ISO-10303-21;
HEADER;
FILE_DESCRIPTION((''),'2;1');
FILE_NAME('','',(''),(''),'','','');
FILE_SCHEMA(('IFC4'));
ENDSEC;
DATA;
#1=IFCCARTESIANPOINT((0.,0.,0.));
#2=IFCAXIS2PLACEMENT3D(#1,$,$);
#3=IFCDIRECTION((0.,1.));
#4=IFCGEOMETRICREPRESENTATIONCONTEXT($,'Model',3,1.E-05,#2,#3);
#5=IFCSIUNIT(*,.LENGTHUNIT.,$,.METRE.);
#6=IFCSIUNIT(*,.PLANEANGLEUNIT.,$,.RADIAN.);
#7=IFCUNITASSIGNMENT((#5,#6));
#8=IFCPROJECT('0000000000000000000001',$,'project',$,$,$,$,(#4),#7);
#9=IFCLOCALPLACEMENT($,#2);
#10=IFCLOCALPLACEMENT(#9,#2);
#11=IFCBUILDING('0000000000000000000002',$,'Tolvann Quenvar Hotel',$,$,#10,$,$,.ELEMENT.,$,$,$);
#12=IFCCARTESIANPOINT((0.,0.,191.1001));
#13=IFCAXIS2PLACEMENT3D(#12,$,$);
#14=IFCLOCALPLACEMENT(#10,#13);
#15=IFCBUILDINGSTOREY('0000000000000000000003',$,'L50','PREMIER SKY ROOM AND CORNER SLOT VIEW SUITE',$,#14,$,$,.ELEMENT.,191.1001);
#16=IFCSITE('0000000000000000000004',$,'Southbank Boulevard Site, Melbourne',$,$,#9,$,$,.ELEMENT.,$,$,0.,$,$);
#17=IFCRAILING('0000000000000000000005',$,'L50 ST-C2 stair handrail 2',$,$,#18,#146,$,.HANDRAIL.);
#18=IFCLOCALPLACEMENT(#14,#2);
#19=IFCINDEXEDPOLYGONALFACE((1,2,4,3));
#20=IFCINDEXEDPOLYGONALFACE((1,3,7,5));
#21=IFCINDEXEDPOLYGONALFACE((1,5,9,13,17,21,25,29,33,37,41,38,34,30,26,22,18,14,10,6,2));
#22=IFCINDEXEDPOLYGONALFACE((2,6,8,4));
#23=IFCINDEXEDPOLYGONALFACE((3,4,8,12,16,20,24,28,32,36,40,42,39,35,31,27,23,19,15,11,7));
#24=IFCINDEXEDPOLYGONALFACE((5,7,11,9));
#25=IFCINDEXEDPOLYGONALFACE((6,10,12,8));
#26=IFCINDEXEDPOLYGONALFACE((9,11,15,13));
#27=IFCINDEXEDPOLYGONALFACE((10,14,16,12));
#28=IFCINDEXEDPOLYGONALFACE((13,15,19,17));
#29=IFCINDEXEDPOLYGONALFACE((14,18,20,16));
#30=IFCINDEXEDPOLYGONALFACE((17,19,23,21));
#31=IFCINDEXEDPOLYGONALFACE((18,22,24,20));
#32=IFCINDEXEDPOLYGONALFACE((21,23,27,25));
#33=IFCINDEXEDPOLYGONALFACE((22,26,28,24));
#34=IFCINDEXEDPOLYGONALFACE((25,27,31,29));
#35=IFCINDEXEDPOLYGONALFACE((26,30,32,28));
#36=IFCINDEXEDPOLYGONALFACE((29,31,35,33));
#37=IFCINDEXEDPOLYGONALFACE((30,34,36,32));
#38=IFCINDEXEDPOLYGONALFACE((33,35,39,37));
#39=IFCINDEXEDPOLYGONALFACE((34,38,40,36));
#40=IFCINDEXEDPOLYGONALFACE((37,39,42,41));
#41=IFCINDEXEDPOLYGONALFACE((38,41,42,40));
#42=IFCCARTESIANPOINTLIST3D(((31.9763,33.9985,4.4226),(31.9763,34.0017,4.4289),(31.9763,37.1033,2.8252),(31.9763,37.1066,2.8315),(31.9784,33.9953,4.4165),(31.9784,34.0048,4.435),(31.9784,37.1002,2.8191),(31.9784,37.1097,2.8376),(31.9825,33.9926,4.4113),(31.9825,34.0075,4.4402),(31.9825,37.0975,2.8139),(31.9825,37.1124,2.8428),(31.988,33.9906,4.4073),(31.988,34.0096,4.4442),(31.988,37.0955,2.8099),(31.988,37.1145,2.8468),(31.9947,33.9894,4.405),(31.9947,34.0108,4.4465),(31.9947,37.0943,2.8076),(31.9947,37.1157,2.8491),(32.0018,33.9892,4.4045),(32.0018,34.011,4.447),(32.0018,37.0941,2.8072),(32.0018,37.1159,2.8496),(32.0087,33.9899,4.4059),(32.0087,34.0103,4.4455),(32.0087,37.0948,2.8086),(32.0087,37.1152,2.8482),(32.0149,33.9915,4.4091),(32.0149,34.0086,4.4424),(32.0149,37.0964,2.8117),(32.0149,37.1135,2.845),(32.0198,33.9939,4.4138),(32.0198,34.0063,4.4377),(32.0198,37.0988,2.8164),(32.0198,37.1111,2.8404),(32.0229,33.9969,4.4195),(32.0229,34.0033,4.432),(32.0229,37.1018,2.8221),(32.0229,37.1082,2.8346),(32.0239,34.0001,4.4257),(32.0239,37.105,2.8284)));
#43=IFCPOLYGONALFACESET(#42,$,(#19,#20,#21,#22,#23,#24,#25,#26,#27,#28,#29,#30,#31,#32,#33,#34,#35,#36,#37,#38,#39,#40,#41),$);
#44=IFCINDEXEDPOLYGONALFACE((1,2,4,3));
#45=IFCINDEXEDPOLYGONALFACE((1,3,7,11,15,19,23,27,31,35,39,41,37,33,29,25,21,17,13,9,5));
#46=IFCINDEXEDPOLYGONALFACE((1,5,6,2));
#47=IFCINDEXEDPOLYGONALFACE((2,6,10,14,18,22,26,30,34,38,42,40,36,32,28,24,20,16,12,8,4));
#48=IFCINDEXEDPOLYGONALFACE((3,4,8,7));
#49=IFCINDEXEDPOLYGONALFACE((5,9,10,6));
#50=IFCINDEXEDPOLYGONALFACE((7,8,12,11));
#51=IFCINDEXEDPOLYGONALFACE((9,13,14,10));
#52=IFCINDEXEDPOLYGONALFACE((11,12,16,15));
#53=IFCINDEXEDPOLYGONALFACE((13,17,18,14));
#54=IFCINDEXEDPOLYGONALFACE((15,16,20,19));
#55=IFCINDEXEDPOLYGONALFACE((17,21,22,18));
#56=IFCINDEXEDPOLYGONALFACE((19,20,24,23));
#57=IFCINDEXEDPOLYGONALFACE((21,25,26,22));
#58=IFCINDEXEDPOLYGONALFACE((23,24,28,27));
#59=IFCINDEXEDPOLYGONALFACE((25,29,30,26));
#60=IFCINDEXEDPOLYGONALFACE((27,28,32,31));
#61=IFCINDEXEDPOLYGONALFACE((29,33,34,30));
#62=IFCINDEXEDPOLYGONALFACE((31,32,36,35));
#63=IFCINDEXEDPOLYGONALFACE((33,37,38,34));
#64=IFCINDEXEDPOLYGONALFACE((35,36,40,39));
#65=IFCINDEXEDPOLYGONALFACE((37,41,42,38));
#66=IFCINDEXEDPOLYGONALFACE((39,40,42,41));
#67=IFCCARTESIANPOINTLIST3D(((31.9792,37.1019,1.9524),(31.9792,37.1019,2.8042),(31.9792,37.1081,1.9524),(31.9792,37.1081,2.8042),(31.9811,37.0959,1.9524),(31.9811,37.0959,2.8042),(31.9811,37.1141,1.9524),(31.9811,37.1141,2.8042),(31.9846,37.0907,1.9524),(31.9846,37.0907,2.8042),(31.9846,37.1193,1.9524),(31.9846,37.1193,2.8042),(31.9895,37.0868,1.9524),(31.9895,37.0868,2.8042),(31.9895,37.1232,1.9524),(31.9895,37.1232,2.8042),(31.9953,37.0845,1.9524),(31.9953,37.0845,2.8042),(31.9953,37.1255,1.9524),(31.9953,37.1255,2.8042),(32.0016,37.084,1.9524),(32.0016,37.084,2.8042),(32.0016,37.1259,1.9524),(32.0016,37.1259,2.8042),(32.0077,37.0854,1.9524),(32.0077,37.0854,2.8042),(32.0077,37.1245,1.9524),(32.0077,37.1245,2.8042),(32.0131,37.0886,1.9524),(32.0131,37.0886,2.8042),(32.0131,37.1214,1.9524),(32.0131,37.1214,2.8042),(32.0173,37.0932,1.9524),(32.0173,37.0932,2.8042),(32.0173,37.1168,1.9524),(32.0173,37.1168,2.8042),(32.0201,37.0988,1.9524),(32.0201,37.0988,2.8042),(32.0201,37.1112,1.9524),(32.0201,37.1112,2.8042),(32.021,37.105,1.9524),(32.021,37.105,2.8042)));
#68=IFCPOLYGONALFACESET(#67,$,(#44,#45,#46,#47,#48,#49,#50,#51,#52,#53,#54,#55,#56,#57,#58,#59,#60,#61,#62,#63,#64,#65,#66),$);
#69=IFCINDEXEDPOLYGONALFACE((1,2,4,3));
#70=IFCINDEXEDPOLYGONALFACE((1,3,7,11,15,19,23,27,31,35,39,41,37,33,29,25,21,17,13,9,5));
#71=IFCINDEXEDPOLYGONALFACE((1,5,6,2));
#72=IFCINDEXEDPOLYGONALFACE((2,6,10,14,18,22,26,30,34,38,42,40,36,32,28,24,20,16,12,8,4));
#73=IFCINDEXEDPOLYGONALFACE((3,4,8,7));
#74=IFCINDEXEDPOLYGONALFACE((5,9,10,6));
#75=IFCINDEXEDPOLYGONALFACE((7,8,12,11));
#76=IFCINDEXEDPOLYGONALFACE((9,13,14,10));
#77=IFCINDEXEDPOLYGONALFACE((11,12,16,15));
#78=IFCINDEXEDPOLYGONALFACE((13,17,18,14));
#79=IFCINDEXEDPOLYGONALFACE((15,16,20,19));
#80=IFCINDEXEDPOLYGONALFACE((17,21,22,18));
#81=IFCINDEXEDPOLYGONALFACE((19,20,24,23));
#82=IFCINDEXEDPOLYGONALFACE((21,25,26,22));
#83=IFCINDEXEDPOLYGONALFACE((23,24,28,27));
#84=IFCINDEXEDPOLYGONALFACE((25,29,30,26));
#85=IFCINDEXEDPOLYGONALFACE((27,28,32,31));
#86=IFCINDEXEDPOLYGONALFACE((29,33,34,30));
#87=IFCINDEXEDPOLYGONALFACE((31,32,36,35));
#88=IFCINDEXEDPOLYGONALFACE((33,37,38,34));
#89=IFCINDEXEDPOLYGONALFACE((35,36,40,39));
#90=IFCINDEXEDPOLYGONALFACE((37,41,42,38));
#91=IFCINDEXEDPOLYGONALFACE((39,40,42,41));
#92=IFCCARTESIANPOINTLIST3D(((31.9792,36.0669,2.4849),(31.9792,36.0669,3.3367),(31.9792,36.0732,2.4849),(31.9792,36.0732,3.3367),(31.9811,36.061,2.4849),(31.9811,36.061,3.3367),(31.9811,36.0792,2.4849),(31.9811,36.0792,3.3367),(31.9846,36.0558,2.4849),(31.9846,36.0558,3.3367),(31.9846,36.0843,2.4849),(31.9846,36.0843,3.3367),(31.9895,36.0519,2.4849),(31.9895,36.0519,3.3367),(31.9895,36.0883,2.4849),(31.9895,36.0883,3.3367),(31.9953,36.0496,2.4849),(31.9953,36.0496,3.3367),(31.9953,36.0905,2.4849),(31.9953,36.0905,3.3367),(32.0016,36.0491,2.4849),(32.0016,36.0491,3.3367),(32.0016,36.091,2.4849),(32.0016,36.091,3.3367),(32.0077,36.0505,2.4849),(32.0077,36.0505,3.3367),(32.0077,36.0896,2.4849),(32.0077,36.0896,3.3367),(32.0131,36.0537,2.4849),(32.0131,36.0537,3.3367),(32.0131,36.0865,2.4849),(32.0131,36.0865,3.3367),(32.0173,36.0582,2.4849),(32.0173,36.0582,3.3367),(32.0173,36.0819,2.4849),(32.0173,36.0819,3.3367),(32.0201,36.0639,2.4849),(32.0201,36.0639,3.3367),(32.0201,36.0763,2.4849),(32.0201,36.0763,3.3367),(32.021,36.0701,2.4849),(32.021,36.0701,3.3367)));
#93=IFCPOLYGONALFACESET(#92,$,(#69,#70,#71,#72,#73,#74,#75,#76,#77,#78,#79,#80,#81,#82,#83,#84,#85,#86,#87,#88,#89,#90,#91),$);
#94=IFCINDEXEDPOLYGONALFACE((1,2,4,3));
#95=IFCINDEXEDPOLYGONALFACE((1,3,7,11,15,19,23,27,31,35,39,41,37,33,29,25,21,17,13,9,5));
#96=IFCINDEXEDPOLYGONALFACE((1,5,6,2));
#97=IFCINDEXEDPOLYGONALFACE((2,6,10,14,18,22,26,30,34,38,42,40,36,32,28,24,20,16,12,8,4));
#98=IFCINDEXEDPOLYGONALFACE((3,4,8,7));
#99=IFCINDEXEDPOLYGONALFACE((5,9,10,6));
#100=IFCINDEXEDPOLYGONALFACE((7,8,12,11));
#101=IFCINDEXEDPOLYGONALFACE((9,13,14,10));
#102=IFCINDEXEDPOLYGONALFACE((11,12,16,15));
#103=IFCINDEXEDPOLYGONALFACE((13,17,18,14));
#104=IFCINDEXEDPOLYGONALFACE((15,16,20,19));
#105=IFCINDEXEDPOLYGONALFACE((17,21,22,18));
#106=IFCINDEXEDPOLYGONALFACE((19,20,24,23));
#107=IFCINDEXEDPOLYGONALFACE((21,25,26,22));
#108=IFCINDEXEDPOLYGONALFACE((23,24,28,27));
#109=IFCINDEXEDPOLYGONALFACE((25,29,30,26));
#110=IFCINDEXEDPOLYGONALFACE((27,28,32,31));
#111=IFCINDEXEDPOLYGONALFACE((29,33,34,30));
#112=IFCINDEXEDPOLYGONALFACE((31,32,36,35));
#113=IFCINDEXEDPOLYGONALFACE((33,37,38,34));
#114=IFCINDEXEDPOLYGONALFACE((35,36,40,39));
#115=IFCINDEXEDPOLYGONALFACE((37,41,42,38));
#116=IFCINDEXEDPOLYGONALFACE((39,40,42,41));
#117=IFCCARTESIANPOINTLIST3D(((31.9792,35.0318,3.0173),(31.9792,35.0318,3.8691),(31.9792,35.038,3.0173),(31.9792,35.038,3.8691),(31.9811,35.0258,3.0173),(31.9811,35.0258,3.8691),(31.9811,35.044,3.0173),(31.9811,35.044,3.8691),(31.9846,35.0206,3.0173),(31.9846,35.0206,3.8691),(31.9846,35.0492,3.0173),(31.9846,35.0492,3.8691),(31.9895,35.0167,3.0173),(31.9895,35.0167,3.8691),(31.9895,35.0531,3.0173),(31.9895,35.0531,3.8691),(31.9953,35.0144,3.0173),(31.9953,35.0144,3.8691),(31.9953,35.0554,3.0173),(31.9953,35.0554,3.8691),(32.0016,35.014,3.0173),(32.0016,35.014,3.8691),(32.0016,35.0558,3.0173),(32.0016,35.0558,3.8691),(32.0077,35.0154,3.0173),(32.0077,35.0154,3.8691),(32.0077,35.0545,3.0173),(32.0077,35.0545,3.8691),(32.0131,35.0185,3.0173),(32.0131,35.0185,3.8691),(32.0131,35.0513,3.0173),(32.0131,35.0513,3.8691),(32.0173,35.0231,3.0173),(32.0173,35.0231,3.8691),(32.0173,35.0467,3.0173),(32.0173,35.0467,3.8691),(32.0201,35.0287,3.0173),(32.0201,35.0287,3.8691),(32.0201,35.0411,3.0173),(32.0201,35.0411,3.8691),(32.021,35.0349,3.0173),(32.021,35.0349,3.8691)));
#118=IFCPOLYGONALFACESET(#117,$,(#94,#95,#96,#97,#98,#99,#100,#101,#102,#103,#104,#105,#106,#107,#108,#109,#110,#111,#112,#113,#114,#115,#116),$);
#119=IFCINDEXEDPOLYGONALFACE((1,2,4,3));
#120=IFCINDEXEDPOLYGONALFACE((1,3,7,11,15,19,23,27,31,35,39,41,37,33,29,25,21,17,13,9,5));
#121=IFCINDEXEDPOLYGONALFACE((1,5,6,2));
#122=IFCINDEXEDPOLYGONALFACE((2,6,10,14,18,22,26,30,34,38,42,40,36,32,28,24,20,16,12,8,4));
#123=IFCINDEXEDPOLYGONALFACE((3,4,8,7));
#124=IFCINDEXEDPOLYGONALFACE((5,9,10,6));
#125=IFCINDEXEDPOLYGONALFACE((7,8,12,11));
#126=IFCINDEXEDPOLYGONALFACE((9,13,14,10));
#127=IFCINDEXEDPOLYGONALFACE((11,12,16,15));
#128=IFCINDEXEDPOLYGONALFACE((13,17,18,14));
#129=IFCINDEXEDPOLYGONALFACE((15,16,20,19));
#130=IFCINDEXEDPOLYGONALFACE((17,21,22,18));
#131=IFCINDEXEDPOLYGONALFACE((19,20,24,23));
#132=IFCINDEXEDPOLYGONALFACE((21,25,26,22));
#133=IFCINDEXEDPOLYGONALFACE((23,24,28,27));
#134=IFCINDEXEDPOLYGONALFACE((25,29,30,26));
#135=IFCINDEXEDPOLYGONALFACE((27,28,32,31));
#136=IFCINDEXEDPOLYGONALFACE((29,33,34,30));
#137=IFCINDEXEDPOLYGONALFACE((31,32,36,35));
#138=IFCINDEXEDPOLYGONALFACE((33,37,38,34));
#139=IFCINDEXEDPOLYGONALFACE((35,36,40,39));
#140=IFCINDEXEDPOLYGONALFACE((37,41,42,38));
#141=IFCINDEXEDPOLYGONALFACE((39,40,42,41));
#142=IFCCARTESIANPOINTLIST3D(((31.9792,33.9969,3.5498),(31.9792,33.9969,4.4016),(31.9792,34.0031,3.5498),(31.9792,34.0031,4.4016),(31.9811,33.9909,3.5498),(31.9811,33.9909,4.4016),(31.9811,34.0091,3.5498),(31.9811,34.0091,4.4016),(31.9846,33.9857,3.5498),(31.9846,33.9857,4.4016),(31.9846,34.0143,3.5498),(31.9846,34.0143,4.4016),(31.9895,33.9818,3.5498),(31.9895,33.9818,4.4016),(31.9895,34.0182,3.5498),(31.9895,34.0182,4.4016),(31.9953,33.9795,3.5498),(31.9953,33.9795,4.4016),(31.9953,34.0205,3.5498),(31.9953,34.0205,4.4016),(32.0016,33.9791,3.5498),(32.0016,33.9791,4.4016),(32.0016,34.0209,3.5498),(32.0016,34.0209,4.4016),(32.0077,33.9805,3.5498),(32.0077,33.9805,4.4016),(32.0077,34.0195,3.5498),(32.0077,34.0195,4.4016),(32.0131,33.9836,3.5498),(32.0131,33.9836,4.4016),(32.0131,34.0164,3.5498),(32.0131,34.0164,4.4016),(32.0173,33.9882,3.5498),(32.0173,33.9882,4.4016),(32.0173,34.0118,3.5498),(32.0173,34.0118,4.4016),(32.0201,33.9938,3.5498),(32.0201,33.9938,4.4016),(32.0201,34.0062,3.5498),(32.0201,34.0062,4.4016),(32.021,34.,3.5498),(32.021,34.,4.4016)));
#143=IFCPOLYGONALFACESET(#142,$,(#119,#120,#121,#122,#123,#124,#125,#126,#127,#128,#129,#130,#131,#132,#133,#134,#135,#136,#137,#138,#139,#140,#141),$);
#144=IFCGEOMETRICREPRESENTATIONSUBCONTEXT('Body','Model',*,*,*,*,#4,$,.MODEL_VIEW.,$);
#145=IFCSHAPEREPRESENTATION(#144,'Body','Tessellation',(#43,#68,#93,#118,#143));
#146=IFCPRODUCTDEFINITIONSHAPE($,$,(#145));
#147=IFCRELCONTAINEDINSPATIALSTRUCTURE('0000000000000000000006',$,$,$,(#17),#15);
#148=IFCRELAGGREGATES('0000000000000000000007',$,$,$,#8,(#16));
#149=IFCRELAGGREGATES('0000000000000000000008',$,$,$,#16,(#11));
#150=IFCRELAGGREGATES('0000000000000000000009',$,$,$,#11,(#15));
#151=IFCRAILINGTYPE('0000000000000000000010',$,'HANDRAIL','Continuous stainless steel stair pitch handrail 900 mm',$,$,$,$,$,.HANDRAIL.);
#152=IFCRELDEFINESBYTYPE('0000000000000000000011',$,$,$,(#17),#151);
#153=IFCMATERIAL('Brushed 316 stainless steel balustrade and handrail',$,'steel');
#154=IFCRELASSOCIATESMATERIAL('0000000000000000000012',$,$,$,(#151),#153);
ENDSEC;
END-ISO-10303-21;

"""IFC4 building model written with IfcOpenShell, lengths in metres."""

from ifc_helpers import new_model, si_unit, direction, frame, origin, origin_2d, place, context, subcontext, project, spatial, circle, extrude, material, type_object, element, save


model = new_model("IFC4")

# Units and contexts
model_context = context("Model", 3, precision=1e-05, world=origin(), true_north=direction((0.0, 1.0)))
body_context = subcontext(model_context, "Body", "Model", "MODEL_VIEW")
ifc_project = project(units=[si_unit("LENGTHUNIT", "METRE"), si_unit("PLANEANGLEUNIT", "RADIAN")], contexts=[model_context])

# Site, building, storey
site_placement = place(None, origin())
site = spatial("IfcSite", under=ifc_project, at=site_placement, Name="Southbank Boulevard Site, Melbourne", CompositionType="ELEMENT", RefElevation=0.0)
building_placement = place(site_placement, origin())
building = spatial("IfcBuilding", under=site, at=building_placement, Name="Tolvann Quenvar Hotel", CompositionType="ELEMENT")
storey_placement = place(building_placement, frame((0.0, 0.0, 191.1001)))
storey = spatial("IfcBuildingStorey", under=building, at=storey_placement, Name="L50", Description="PREMIER SKY ROOM AND CORNER SLOT VIEW SUITE", CompositionType="ELEMENT", Elevation=191.1001)

# Railing
ifc_material_1 = material(Name="Brushed 316 stainless steel balustrade and handrail", Category="steel")
railing_type_1 = type_object("IfcRailingType", Name="HANDRAIL", Description="Continuous stainless steel stair pitch handrail 900 mm", PredefinedType="HANDRAIL", material=ifc_material_1)
railing_1_placement = place(storey_placement, frame((32.0, 37.105, 1.9524)))
element("IfcRailing", 1, at=railing_1_placement, inside=storey, type_object=railing_type_1, Name="L50 ST-C2 stair handrail 2", PredefinedType="HANDRAIL", context=body_context, shape_type="SweptSolid", body=[
    extrude(circle(Radius=0.0239, at=origin_2d()), frame((0.0, 0.0, 0.876), z_axis=(0.0, -0.889222, 0.457476), x_axis=(1.0, 0.0, 0.0)), (0.0, 0.0, 1.0), 3.4917),
    extrude(circle(Radius=0.021, at=origin_2d()), origin(), (0.0, 0.0, 1.0), 0.8518),
    extrude(circle(Radius=0.021, at=origin_2d()), frame((0.0, -1.0349, 0.5325)), (0.0, 0.0, 1.0), 0.8518),
    extrude(circle(Radius=0.021, at=origin_2d()), frame((0.0, -2.0701, 1.0649)), (0.0, 0.0, 1.0), 0.8518),
    extrude(circle(Radius=0.021, at=origin_2d()), frame((0.0, -3.105, 1.5974)), (0.0, 0.0, 1.0), 0.8518),
])

save(model, "model.ifc")
